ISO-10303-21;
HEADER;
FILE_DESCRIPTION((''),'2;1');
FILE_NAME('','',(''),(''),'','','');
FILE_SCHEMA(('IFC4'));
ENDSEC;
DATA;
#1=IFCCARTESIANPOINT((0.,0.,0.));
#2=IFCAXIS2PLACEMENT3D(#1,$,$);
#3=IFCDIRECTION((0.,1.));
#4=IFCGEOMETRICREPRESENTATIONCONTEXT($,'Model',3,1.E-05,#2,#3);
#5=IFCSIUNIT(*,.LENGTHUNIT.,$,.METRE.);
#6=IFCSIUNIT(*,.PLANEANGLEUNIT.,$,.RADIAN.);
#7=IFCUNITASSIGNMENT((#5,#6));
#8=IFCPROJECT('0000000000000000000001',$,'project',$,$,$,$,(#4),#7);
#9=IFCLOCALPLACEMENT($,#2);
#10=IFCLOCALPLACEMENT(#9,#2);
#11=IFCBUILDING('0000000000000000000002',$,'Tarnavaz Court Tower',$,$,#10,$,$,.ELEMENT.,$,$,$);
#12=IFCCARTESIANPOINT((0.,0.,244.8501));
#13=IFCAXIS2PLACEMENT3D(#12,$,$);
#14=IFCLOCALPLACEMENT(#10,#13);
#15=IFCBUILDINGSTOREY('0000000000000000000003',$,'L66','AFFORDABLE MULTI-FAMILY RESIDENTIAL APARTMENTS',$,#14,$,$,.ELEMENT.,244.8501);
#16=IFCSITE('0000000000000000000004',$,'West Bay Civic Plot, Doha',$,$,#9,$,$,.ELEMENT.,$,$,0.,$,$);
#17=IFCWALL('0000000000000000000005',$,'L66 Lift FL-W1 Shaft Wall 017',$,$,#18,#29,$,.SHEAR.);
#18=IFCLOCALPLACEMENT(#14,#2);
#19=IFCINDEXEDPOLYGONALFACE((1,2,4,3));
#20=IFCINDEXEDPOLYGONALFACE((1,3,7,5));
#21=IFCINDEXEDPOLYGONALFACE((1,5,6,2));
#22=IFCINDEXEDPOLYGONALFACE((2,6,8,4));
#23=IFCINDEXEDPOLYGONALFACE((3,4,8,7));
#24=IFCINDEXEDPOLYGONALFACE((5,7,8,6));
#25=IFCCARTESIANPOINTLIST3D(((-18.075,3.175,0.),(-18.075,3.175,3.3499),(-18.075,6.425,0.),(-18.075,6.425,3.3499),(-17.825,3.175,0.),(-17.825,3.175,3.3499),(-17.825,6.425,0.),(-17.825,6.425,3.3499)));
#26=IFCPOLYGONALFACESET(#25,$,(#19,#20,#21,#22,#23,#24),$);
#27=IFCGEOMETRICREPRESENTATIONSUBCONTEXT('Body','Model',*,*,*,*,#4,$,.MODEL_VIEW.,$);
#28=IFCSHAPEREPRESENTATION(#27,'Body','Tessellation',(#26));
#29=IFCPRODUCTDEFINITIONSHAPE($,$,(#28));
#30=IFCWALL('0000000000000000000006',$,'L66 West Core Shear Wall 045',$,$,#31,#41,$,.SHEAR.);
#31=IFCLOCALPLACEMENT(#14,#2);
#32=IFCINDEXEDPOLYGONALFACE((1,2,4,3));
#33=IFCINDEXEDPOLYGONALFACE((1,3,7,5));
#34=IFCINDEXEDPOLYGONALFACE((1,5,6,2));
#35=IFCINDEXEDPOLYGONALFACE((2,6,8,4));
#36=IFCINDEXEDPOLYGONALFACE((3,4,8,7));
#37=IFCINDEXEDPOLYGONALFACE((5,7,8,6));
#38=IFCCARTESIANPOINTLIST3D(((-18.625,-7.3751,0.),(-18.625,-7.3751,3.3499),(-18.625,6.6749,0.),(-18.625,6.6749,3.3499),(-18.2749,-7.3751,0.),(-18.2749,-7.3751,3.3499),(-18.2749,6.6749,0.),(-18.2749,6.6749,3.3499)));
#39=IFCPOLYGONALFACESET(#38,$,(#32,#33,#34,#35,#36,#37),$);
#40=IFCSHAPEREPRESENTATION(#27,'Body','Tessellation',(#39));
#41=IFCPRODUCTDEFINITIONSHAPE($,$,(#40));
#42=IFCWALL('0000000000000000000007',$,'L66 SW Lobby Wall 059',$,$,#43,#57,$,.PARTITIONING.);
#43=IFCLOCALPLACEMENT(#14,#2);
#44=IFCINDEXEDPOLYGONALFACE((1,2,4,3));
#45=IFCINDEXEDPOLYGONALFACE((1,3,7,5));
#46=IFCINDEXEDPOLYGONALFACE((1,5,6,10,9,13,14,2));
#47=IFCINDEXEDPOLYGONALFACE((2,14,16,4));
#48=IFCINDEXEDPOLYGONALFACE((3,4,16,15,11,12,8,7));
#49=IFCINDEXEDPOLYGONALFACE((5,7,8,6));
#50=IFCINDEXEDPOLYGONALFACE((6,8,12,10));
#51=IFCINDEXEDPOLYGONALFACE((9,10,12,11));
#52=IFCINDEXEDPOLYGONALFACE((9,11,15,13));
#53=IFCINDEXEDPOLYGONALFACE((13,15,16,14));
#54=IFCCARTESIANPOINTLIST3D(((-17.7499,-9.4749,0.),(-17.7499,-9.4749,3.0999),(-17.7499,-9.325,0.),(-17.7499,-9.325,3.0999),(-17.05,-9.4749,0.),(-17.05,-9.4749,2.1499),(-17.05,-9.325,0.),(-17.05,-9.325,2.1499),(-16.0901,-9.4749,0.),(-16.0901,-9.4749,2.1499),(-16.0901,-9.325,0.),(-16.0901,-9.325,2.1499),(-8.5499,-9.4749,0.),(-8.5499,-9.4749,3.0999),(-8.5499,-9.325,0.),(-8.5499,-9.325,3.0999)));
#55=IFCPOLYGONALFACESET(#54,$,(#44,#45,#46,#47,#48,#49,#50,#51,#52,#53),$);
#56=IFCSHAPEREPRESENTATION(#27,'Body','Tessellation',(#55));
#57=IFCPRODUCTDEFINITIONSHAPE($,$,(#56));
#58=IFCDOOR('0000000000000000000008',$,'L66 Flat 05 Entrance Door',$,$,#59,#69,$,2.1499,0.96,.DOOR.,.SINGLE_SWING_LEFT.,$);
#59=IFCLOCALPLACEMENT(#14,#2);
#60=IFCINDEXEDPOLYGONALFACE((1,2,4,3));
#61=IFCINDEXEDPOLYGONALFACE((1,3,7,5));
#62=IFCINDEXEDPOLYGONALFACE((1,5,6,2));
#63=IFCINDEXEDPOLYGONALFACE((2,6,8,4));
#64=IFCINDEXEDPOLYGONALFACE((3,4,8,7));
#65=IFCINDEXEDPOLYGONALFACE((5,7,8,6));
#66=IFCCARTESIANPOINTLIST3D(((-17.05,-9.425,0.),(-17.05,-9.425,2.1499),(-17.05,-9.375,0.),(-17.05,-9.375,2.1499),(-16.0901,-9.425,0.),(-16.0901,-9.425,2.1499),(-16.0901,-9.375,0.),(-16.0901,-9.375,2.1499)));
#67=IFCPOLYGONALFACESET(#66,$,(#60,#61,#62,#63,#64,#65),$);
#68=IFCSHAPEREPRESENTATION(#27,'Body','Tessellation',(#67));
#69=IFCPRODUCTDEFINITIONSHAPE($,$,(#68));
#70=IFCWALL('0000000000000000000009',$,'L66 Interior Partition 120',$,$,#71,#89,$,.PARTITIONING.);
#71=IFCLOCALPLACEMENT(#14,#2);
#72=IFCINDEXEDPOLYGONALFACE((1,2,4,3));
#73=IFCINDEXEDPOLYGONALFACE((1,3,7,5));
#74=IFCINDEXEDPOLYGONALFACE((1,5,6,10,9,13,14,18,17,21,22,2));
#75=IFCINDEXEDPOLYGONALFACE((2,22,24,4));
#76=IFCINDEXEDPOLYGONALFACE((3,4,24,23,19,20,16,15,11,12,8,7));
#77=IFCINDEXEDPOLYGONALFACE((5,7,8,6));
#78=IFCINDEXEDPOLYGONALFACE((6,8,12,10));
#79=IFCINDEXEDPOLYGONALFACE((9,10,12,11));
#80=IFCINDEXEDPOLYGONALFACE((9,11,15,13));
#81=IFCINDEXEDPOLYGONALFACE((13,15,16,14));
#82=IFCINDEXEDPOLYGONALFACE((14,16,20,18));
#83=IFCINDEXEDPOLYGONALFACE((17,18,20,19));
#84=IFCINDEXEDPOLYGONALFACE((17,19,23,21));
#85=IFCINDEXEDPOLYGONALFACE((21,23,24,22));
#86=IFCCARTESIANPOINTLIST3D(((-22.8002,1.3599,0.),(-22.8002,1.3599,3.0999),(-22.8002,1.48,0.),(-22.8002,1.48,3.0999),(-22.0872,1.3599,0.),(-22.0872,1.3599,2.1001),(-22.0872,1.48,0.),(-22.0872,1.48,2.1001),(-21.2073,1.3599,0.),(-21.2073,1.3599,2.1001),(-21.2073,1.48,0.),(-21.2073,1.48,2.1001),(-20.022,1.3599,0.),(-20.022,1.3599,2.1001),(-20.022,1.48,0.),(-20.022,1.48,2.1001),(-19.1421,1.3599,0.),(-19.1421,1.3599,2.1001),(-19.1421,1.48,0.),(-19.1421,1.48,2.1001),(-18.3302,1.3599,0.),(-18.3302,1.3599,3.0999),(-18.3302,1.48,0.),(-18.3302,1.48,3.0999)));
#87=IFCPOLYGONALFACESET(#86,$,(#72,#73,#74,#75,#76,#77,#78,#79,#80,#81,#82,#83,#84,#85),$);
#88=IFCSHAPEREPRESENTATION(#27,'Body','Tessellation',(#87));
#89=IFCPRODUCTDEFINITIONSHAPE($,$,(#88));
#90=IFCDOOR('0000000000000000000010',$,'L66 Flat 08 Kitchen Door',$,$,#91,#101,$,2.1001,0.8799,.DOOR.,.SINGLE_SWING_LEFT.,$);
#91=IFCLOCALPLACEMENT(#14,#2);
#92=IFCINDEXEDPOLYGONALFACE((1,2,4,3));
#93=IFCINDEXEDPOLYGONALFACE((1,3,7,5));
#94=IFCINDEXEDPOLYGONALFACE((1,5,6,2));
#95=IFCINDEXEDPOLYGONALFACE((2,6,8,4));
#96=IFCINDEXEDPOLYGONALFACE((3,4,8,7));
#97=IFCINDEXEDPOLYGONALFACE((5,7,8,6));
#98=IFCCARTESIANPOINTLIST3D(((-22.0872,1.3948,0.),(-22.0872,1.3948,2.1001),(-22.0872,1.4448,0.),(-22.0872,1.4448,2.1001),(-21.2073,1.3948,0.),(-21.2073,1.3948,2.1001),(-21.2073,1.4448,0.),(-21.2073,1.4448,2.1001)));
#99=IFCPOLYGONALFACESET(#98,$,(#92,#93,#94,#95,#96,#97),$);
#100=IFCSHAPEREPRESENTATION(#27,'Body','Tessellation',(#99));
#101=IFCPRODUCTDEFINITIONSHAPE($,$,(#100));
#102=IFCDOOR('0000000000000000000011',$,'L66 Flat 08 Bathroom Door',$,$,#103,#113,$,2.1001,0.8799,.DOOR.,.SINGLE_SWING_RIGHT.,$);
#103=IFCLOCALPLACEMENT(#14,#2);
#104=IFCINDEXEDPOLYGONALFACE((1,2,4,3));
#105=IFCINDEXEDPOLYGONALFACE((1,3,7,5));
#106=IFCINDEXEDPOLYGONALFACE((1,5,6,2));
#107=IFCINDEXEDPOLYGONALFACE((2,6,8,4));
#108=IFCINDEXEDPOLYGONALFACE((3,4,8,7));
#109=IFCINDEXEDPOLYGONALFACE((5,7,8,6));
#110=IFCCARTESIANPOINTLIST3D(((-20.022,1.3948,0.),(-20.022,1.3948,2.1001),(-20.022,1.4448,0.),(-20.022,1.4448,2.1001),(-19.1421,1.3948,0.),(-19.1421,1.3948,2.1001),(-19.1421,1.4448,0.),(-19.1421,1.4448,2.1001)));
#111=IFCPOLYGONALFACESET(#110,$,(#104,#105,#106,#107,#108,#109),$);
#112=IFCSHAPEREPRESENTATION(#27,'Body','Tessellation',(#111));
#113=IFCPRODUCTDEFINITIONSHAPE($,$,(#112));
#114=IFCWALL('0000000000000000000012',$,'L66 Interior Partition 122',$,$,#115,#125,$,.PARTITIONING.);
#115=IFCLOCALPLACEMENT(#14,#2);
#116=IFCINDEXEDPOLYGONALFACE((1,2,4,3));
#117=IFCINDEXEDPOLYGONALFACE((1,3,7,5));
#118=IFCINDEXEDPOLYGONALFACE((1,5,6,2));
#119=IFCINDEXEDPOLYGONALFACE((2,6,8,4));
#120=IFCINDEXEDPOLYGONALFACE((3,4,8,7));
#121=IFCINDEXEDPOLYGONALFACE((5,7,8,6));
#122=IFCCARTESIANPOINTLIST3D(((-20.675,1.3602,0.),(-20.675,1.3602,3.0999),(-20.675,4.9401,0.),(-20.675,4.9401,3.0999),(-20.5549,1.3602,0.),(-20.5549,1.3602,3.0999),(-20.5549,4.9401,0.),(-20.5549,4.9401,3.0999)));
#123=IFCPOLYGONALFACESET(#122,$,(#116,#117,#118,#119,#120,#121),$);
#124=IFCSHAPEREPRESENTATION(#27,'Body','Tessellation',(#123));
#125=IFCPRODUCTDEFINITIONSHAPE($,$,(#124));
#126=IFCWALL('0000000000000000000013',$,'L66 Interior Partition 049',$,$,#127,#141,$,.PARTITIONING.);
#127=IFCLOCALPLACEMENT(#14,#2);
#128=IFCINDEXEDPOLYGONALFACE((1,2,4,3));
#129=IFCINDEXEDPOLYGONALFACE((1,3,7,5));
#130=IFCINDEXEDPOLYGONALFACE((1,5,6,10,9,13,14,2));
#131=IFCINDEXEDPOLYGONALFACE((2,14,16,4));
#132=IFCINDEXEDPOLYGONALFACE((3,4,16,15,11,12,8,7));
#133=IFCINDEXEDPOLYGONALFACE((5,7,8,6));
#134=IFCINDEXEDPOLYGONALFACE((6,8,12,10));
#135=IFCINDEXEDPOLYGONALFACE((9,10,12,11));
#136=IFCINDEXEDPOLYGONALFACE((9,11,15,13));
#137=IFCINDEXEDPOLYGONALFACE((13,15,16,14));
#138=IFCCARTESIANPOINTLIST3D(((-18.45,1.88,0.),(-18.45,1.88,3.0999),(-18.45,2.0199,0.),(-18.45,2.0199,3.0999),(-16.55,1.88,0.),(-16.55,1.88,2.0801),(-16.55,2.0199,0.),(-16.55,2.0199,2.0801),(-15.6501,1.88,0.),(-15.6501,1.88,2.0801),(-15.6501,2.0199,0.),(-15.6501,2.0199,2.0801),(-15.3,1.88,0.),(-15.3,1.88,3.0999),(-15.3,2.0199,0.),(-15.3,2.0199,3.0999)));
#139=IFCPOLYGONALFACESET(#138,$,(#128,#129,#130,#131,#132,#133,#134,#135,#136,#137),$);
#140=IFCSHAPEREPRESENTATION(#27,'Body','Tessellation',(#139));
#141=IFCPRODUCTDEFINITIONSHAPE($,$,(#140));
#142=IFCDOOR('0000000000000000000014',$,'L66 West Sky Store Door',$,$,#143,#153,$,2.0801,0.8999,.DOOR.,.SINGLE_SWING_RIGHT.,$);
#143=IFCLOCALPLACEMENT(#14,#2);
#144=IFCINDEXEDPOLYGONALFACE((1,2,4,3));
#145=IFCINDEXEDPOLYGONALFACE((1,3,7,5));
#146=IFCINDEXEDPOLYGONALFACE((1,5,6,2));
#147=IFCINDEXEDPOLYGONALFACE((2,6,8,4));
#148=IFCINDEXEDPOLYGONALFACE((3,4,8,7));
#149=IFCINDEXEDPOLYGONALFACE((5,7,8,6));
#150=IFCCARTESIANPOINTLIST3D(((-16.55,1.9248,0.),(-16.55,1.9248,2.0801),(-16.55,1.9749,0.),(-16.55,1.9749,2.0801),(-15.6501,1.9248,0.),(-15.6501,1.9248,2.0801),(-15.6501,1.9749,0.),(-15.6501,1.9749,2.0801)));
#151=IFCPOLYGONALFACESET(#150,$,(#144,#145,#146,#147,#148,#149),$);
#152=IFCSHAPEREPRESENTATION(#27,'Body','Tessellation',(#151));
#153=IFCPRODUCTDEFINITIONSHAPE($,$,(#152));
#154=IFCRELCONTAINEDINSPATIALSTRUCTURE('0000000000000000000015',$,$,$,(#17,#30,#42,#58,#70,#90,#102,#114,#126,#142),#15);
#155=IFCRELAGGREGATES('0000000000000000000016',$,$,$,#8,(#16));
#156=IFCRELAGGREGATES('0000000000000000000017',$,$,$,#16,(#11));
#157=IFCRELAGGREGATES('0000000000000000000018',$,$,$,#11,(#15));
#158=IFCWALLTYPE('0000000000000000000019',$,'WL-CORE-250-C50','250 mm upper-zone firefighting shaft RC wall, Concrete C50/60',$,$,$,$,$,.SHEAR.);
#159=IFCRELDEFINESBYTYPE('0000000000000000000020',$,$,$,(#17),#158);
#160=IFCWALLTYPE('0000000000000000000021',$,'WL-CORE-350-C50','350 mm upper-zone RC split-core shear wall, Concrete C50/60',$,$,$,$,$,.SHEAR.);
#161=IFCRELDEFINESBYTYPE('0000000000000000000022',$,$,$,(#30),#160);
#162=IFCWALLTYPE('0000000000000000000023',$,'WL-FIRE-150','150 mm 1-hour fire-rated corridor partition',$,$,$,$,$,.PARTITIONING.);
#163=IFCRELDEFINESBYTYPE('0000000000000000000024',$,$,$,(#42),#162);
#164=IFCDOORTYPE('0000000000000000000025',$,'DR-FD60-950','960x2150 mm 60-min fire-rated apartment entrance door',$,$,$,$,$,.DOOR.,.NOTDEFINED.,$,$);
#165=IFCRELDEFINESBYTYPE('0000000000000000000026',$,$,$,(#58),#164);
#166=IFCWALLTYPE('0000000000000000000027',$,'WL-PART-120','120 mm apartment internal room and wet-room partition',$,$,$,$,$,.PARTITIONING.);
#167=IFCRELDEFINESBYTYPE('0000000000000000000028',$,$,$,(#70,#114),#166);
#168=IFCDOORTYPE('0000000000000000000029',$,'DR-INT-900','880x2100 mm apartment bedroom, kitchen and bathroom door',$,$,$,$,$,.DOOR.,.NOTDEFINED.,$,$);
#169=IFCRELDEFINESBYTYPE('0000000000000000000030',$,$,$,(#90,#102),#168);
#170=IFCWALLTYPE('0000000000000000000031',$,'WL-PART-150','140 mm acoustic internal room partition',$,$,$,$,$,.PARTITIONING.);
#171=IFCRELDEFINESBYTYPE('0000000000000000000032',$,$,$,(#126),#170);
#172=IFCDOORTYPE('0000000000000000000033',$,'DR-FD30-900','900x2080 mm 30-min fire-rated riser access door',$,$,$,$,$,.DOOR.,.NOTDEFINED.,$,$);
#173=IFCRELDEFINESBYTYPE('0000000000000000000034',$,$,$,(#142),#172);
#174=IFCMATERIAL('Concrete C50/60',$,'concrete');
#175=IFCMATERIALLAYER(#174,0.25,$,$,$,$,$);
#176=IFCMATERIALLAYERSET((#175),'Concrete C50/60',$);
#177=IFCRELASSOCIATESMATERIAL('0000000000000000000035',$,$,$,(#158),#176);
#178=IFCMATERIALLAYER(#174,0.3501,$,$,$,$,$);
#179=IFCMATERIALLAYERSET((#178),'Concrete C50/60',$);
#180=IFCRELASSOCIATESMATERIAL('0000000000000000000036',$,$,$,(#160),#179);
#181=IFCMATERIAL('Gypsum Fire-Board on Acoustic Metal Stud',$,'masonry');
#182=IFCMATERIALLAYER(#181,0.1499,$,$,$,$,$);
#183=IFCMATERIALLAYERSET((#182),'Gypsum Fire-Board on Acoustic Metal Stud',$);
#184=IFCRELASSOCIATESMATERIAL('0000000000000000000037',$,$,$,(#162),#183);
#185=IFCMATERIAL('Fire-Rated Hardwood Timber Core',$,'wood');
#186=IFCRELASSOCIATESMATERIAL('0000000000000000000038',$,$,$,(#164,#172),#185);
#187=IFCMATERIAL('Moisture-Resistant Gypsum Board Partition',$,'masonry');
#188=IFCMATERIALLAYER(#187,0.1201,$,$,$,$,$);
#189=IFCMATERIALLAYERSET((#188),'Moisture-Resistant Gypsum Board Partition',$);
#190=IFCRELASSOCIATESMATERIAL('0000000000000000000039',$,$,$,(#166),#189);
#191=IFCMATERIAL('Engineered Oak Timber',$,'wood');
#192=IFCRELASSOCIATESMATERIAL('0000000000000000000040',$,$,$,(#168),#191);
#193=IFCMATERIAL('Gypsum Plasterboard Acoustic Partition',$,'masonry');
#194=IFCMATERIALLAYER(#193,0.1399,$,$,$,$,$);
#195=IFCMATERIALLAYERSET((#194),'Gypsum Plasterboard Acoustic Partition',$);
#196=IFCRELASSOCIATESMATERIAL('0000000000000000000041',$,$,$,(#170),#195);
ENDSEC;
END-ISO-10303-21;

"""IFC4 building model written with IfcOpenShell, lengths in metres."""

from ifc_helpers import new_model, si_unit, direction, frame, frame_2d, origin, place, context, subcontext, project, spatial, rectangle, extrude, material, layer, layer_set, type_object, element, fill, save


model = new_model("IFC4")

# Units and contexts
model_context = context("Model", 3, precision=1e-05, world=origin(), true_north=direction((0.0, 1.0)))
body_context = subcontext(model_context, "Body", "Model", "MODEL_VIEW")
ifc_project = project(units=[si_unit("LENGTHUNIT", "METRE"), si_unit("PLANEANGLEUNIT", "RADIAN")], contexts=[model_context])

# Site, building, storey
site_placement = place(None, origin())
site = spatial("IfcSite", under=ifc_project, at=site_placement, Name="West Bay Civic Plot, Doha", CompositionType="ELEMENT", RefElevation=0.0)
building_placement = place(site_placement, origin())
building = spatial("IfcBuilding", under=site, at=building_placement, Name="Tarnavaz Court Tower", CompositionType="ELEMENT")
storey_placement = place(building_placement, frame((0.0, 0.0, 244.8501)))
storey = spatial("IfcBuildingStorey", under=building, at=storey_placement, Name="L66", Description="AFFORDABLE MULTI-FAMILY RESIDENTIAL APARTMENTS", CompositionType="ELEMENT", Elevation=244.8501)

# Shared definitions
ifc_material_1 = material(Name="Concrete C50/60", Category="concrete")

# Walls
ifc_layer_1 = layer(ifc_material_1, 0.25)
ifc_layer_set_1 = layer_set([ifc_layer_1], Name="Concrete C50/60")
wall_type_1 = type_object("IfcWallType", Name="WL-CORE-250-C50", Description="250 mm upper-zone firefighting shaft RC wall, Concrete C50/60", PredefinedType="SHEAR", material=ifc_layer_set_1)
wall_1_placement = place(storey_placement, frame((-17.95, 3.175, 0.0), z_axis=(0.0, 0.0, 1.0), x_axis=(0.0, 1.0, 0.0)))
element("IfcWall", 1, at=wall_1_placement, inside=storey, type_object=wall_type_1, Name="L66 Lift FL-W1 Shaft Wall 017", PredefinedType="SHEAR", context=body_context, shape_type="SweptSolid", body=[
    extrude(rectangle(XDim=3.25, YDim=0.25, at=frame_2d((1.625, 0.0))), origin(), (0.0, 0.0, 1.0), 3.3499),
])
ifc_layer_2 = layer(ifc_material_1, 0.3501)
ifc_layer_set_2 = layer_set([ifc_layer_2], Name="Concrete C50/60")
wall_type_2 = type_object("IfcWallType", Name="WL-CORE-350-C50", Description="350 mm upper-zone RC split-core shear wall, Concrete C50/60", PredefinedType="SHEAR", material=ifc_layer_set_2)
wall_2_placement = place(storey_placement, frame((-18.45, -7.375, 0.0), z_axis=(0.0, 0.0, 1.0), x_axis=(0.0, 1.0, 0.0)))
element("IfcWall", 2, at=wall_2_placement, inside=storey, type_object=wall_type_2, Name="L66 West Core Shear Wall 045", PredefinedType="SHEAR", context=body_context, shape_type="SweptSolid", body=[
    extrude(rectangle(XDim=14.05, YDim=0.3501, at=frame_2d((7.0249, 0.0))), origin(), (0.0, 0.0, 1.0), 3.3499),
])

# Wall, opening, door
ifc_material_2 = material(Name="Fire-Rated Hardwood Timber Core", Category="wood")
ifc_material_3 = material(Name="Gypsum Fire-Board on Acoustic Metal Stud", Category="masonry")
ifc_layer_3 = layer(ifc_material_3, 0.1499)
ifc_layer_set_3 = layer_set([ifc_layer_3], Name="Gypsum Fire-Board on Acoustic Metal Stud")
wall_type_3 = type_object("IfcWallType", Name="WL-FIRE-150", Description="150 mm 1-hour fire-rated corridor partition", PredefinedType="PARTITIONING", material=ifc_layer_set_3)
wall_3_placement = place(storey_placement, frame((-17.75, -9.3999, 0.0), z_axis=(0.0, 0.0, 1.0), x_axis=(1.0, 0.0, 0.0)))
wall_3 = element("IfcWall", 3, at=wall_3_placement, inside=storey, type_object=wall_type_3, Name="L66 SW Lobby Wall 059", PredefinedType="PARTITIONING", context=body_context, shape_type="SweptSolid", body=[
    extrude(rectangle(XDim=9.2, YDim=0.1499, at=frame_2d((4.6001, 0.0))), origin(), (0.0, 0.0, 1.0), 3.0999),
])
opening_1_placement = place(wall_3_placement, frame((0.7, 0.0, 0.0)))
opening_1 = element("IfcOpeningElement", 4, at=opening_1_placement, cuts=wall_3, PredefinedType="OPENING", context=body_context, shape_type="SweptSolid", body=[
    extrude(rectangle(XDim=0.96, YDim=2.1499, at=frame_2d((0.48, 1.075))), frame((0.0, 0.085, 0.0), z_axis=(0.0, -1.0, 0.0), x_axis=(1.0, 0.0, 0.0)), (0.0, 0.0, 1.0), 0.1699),
])
door_type_1 = type_object("IfcDoorType", Name="DR-FD60-950", Description="960x2150 mm 60-min fire-rated apartment entrance door", OperationType="NOTDEFINED", PredefinedType="DOOR", material=ifc_material_2)
door_1_placement = place(opening_1_placement, origin())
door_1 = element("IfcDoor", 5, at=door_1_placement, inside=storey, type_object=door_type_1, Name="L66 Flat 05 Entrance Door", OperationType="SINGLE_SWING_LEFT", OverallHeight=2.1499, OverallWidth=0.96, PredefinedType="DOOR", context=body_context, shape_type="SweptSolid", body=[
    extrude(rectangle(XDim=0.96, YDim=2.1499, at=frame_2d((0.48, 1.075))), frame((0.0, 0.0249, 0.0), z_axis=(0.0, -1.0, 0.0), x_axis=(1.0, 0.0, 0.0)), (0.0, 0.0, 1.0), 0.05),
])
fill(opening_1, door_1)

# Wall, openings, doors
ifc_material_4 = material(Name="Moisture-Resistant Gypsum Board Partition", Category="masonry")
ifc_layer_4 = layer(ifc_material_4, 0.1201)
ifc_layer_set_4 = layer_set([ifc_layer_4], Name="Moisture-Resistant Gypsum Board Partition")
wall_type_4 = type_object("IfcWallType", Name="WL-PART-120", Description="120 mm apartment internal room and wet-room partition", PredefinedType="PARTITIONING", material=ifc_layer_set_4)
wall_4_placement = place(storey_placement, frame((-22.8, 1.4199, 0.0), z_axis=(0.0, 0.0, 1.0), x_axis=(1.0, 0.0, 0.0)))
wall_4 = element("IfcWall", 6, at=wall_4_placement, inside=storey, type_object=wall_type_4, Name="L66 Interior Partition 120", PredefinedType="PARTITIONING", context=body_context, shape_type="SweptSolid", body=[
    extrude(rectangle(XDim=4.47, YDim=0.1201, at=frame_2d((2.2349, 0.0))), origin(), (0.0, 0.0, 1.0), 3.0999),
])
opening_2_placement = place(wall_4_placement, frame((0.7129, 0.0, 0.0)))
opening_2 = element("IfcOpeningElement", 7, at=opening_2_placement, cuts=wall_4, PredefinedType="OPENING", context=body_context, shape_type="SweptSolid", body=[
    extrude(rectangle(XDim=0.8799, YDim=2.1001, at=frame_2d((0.4399, 1.05))), frame((0.0, 0.0701, 0.0), z_axis=(0.0, -1.0, 0.0), x_axis=(1.0, 0.0, 0.0)), (0.0, 0.0, 1.0), 0.1401),
])
opening_3_placement = place(wall_4_placement, frame((2.7781, 0.0, 0.0)))
opening_3 = element("IfcOpeningElement", 8, at=opening_3_placement, cuts=wall_4, PredefinedType="OPENING", context=body_context, shape_type="SweptSolid", body=[
    extrude(rectangle(XDim=0.8799, YDim=2.1001, at=frame_2d((0.4399, 1.05))), frame((0.0, 0.0701, 0.0), z_axis=(0.0, -1.0, 0.0), x_axis=(1.0, 0.0, 0.0)), (0.0, 0.0, 1.0), 0.1401),
])
ifc_material_5 = material(Name="Engineered Oak Timber", Category="wood")
door_type_2 = type_object("IfcDoorType", Name="DR-INT-900", Description="880x2100 mm apartment bedroom, kitchen and bathroom door", OperationType="NOTDEFINED", PredefinedType="DOOR", material=ifc_material_5)
door_2_placement = place(opening_2_placement, origin())
door_2 = element("IfcDoor", 9, at=door_2_placement, inside=storey, type_object=door_type_2, Name="L66 Flat 08 Kitchen Door", OperationType="SINGLE_SWING_LEFT", OverallHeight=2.1001, OverallWidth=0.8799, PredefinedType="DOOR", context=body_context, shape_type="SweptSolid", body=[
    extrude(rectangle(XDim=0.8799, YDim=2.1001, at=frame_2d((0.4399, 1.05))), frame((0.0, 0.0249, 0.0), z_axis=(0.0, -1.0, 0.0), x_axis=(1.0, 0.0, 0.0)), (0.0, 0.0, 1.0), 0.05),
])
fill(opening_2, door_2)
door_3_placement = place(opening_3_placement, origin())
door_3 = element("IfcDoor", 10, at=door_3_placement, inside=storey, type_object=door_type_2, Name="L66 Flat 08 Bathroom Door", OperationType="SINGLE_SWING_RIGHT", OverallHeight=2.1001, OverallWidth=0.8799, PredefinedType="DOOR", context=body_context, shape_type="SweptSolid", body=[
    extrude(rectangle(XDim=0.8799, YDim=2.1001, at=frame_2d((0.4399, 1.05))), frame((0.0, 0.0249, 0.0), z_axis=(0.0, -1.0, 0.0), x_axis=(1.0, 0.0, 0.0)), (0.0, 0.0, 1.0), 0.05),
])
fill(opening_3, door_3)

# Wall
wall_5_placement = place(storey_placement, frame((-20.615, 1.3601, 0.0), z_axis=(0.0, 0.0, 1.0), x_axis=(0.0, 1.0, 0.0)))
element("IfcWall", 11, at=wall_5_placement, inside=storey, type_object=wall_type_4, Name="L66 Interior Partition 122", PredefinedType="PARTITIONING", context=body_context, shape_type="SweptSolid", body=[
    extrude(rectangle(XDim=3.5798, YDim=0.1201, at=frame_2d((1.79, 0.0))), origin(), (0.0, 0.0, 1.0), 3.0999),
])

# Wall, opening, door
ifc_material_6 = material(Name="Gypsum Plasterboard Acoustic Partition", Category="masonry")
ifc_layer_5 = layer(ifc_material_6, 0.1399)
ifc_layer_set_5 = layer_set([ifc_layer_5], Name="Gypsum Plasterboard Acoustic Partition")
wall_type_5 = type_object("IfcWallType", Name="WL-PART-150", Description="140 mm acoustic internal room partition", PredefinedType="PARTITIONING", material=ifc_layer_set_5)
wall_6_placement = place(storey_placement, frame((-18.45, 1.95, 0.0), z_axis=(0.0, 0.0, 1.0), x_axis=(1.0, 0.0, 0.0)))
wall_6 = element("IfcWall", 12, at=wall_6_placement, inside=storey, type_object=wall_type_5, Name="L66 Interior Partition 049", PredefinedType="PARTITIONING", context=body_context, shape_type="SweptSolid", body=[
    extrude(rectangle(XDim=3.1499, YDim=0.1399, at=frame_2d((1.575, 0.0))), origin(), (0.0, 0.0, 1.0), 3.0999),
])
opening_4_placement = place(wall_6_placement, frame((1.8999, 0.0, 0.0)))
opening_4 = element("IfcOpeningElement", 13, at=opening_4_placement, cuts=wall_6, PredefinedType="OPENING", context=body_context, shape_type="SweptSolid", body=[
    extrude(rectangle(XDim=0.8999, YDim=2.0801, at=frame_2d((0.45, 1.04))), frame((0.0, 0.0798, 0.0), z_axis=(0.0, -1.0, 0.0), x_axis=(1.0, 0.0, 0.0)), (0.0, 0.0, 1.0), 0.1599),
])
door_type_3 = type_object("IfcDoorType", Name="DR-FD30-900", Description="900x2080 mm 30-min fire-rated riser access door", OperationType="NOTDEFINED", PredefinedType="DOOR", material=ifc_material_2)
door_4_placement = place(opening_4_placement, origin())
door_4 = element("IfcDoor", 14, at=door_4_placement, inside=storey, type_object=door_type_3, Name="L66 West Sky Store Door", OperationType="SINGLE_SWING_RIGHT", OverallHeight=2.0801, OverallWidth=0.8999, PredefinedType="DOOR", context=body_context, shape_type="SweptSolid", body=[
    extrude(rectangle(XDim=0.8999, YDim=2.0801, at=frame_2d((0.45, 1.04))), frame((0.0, 0.0249, 0.0), z_axis=(0.0, -1.0, 0.0), x_axis=(1.0, 0.0, 0.0)), (0.0, 0.0, 1.0), 0.05),
])
fill(opening_4, door_4)

save(model, "model.ifc")
